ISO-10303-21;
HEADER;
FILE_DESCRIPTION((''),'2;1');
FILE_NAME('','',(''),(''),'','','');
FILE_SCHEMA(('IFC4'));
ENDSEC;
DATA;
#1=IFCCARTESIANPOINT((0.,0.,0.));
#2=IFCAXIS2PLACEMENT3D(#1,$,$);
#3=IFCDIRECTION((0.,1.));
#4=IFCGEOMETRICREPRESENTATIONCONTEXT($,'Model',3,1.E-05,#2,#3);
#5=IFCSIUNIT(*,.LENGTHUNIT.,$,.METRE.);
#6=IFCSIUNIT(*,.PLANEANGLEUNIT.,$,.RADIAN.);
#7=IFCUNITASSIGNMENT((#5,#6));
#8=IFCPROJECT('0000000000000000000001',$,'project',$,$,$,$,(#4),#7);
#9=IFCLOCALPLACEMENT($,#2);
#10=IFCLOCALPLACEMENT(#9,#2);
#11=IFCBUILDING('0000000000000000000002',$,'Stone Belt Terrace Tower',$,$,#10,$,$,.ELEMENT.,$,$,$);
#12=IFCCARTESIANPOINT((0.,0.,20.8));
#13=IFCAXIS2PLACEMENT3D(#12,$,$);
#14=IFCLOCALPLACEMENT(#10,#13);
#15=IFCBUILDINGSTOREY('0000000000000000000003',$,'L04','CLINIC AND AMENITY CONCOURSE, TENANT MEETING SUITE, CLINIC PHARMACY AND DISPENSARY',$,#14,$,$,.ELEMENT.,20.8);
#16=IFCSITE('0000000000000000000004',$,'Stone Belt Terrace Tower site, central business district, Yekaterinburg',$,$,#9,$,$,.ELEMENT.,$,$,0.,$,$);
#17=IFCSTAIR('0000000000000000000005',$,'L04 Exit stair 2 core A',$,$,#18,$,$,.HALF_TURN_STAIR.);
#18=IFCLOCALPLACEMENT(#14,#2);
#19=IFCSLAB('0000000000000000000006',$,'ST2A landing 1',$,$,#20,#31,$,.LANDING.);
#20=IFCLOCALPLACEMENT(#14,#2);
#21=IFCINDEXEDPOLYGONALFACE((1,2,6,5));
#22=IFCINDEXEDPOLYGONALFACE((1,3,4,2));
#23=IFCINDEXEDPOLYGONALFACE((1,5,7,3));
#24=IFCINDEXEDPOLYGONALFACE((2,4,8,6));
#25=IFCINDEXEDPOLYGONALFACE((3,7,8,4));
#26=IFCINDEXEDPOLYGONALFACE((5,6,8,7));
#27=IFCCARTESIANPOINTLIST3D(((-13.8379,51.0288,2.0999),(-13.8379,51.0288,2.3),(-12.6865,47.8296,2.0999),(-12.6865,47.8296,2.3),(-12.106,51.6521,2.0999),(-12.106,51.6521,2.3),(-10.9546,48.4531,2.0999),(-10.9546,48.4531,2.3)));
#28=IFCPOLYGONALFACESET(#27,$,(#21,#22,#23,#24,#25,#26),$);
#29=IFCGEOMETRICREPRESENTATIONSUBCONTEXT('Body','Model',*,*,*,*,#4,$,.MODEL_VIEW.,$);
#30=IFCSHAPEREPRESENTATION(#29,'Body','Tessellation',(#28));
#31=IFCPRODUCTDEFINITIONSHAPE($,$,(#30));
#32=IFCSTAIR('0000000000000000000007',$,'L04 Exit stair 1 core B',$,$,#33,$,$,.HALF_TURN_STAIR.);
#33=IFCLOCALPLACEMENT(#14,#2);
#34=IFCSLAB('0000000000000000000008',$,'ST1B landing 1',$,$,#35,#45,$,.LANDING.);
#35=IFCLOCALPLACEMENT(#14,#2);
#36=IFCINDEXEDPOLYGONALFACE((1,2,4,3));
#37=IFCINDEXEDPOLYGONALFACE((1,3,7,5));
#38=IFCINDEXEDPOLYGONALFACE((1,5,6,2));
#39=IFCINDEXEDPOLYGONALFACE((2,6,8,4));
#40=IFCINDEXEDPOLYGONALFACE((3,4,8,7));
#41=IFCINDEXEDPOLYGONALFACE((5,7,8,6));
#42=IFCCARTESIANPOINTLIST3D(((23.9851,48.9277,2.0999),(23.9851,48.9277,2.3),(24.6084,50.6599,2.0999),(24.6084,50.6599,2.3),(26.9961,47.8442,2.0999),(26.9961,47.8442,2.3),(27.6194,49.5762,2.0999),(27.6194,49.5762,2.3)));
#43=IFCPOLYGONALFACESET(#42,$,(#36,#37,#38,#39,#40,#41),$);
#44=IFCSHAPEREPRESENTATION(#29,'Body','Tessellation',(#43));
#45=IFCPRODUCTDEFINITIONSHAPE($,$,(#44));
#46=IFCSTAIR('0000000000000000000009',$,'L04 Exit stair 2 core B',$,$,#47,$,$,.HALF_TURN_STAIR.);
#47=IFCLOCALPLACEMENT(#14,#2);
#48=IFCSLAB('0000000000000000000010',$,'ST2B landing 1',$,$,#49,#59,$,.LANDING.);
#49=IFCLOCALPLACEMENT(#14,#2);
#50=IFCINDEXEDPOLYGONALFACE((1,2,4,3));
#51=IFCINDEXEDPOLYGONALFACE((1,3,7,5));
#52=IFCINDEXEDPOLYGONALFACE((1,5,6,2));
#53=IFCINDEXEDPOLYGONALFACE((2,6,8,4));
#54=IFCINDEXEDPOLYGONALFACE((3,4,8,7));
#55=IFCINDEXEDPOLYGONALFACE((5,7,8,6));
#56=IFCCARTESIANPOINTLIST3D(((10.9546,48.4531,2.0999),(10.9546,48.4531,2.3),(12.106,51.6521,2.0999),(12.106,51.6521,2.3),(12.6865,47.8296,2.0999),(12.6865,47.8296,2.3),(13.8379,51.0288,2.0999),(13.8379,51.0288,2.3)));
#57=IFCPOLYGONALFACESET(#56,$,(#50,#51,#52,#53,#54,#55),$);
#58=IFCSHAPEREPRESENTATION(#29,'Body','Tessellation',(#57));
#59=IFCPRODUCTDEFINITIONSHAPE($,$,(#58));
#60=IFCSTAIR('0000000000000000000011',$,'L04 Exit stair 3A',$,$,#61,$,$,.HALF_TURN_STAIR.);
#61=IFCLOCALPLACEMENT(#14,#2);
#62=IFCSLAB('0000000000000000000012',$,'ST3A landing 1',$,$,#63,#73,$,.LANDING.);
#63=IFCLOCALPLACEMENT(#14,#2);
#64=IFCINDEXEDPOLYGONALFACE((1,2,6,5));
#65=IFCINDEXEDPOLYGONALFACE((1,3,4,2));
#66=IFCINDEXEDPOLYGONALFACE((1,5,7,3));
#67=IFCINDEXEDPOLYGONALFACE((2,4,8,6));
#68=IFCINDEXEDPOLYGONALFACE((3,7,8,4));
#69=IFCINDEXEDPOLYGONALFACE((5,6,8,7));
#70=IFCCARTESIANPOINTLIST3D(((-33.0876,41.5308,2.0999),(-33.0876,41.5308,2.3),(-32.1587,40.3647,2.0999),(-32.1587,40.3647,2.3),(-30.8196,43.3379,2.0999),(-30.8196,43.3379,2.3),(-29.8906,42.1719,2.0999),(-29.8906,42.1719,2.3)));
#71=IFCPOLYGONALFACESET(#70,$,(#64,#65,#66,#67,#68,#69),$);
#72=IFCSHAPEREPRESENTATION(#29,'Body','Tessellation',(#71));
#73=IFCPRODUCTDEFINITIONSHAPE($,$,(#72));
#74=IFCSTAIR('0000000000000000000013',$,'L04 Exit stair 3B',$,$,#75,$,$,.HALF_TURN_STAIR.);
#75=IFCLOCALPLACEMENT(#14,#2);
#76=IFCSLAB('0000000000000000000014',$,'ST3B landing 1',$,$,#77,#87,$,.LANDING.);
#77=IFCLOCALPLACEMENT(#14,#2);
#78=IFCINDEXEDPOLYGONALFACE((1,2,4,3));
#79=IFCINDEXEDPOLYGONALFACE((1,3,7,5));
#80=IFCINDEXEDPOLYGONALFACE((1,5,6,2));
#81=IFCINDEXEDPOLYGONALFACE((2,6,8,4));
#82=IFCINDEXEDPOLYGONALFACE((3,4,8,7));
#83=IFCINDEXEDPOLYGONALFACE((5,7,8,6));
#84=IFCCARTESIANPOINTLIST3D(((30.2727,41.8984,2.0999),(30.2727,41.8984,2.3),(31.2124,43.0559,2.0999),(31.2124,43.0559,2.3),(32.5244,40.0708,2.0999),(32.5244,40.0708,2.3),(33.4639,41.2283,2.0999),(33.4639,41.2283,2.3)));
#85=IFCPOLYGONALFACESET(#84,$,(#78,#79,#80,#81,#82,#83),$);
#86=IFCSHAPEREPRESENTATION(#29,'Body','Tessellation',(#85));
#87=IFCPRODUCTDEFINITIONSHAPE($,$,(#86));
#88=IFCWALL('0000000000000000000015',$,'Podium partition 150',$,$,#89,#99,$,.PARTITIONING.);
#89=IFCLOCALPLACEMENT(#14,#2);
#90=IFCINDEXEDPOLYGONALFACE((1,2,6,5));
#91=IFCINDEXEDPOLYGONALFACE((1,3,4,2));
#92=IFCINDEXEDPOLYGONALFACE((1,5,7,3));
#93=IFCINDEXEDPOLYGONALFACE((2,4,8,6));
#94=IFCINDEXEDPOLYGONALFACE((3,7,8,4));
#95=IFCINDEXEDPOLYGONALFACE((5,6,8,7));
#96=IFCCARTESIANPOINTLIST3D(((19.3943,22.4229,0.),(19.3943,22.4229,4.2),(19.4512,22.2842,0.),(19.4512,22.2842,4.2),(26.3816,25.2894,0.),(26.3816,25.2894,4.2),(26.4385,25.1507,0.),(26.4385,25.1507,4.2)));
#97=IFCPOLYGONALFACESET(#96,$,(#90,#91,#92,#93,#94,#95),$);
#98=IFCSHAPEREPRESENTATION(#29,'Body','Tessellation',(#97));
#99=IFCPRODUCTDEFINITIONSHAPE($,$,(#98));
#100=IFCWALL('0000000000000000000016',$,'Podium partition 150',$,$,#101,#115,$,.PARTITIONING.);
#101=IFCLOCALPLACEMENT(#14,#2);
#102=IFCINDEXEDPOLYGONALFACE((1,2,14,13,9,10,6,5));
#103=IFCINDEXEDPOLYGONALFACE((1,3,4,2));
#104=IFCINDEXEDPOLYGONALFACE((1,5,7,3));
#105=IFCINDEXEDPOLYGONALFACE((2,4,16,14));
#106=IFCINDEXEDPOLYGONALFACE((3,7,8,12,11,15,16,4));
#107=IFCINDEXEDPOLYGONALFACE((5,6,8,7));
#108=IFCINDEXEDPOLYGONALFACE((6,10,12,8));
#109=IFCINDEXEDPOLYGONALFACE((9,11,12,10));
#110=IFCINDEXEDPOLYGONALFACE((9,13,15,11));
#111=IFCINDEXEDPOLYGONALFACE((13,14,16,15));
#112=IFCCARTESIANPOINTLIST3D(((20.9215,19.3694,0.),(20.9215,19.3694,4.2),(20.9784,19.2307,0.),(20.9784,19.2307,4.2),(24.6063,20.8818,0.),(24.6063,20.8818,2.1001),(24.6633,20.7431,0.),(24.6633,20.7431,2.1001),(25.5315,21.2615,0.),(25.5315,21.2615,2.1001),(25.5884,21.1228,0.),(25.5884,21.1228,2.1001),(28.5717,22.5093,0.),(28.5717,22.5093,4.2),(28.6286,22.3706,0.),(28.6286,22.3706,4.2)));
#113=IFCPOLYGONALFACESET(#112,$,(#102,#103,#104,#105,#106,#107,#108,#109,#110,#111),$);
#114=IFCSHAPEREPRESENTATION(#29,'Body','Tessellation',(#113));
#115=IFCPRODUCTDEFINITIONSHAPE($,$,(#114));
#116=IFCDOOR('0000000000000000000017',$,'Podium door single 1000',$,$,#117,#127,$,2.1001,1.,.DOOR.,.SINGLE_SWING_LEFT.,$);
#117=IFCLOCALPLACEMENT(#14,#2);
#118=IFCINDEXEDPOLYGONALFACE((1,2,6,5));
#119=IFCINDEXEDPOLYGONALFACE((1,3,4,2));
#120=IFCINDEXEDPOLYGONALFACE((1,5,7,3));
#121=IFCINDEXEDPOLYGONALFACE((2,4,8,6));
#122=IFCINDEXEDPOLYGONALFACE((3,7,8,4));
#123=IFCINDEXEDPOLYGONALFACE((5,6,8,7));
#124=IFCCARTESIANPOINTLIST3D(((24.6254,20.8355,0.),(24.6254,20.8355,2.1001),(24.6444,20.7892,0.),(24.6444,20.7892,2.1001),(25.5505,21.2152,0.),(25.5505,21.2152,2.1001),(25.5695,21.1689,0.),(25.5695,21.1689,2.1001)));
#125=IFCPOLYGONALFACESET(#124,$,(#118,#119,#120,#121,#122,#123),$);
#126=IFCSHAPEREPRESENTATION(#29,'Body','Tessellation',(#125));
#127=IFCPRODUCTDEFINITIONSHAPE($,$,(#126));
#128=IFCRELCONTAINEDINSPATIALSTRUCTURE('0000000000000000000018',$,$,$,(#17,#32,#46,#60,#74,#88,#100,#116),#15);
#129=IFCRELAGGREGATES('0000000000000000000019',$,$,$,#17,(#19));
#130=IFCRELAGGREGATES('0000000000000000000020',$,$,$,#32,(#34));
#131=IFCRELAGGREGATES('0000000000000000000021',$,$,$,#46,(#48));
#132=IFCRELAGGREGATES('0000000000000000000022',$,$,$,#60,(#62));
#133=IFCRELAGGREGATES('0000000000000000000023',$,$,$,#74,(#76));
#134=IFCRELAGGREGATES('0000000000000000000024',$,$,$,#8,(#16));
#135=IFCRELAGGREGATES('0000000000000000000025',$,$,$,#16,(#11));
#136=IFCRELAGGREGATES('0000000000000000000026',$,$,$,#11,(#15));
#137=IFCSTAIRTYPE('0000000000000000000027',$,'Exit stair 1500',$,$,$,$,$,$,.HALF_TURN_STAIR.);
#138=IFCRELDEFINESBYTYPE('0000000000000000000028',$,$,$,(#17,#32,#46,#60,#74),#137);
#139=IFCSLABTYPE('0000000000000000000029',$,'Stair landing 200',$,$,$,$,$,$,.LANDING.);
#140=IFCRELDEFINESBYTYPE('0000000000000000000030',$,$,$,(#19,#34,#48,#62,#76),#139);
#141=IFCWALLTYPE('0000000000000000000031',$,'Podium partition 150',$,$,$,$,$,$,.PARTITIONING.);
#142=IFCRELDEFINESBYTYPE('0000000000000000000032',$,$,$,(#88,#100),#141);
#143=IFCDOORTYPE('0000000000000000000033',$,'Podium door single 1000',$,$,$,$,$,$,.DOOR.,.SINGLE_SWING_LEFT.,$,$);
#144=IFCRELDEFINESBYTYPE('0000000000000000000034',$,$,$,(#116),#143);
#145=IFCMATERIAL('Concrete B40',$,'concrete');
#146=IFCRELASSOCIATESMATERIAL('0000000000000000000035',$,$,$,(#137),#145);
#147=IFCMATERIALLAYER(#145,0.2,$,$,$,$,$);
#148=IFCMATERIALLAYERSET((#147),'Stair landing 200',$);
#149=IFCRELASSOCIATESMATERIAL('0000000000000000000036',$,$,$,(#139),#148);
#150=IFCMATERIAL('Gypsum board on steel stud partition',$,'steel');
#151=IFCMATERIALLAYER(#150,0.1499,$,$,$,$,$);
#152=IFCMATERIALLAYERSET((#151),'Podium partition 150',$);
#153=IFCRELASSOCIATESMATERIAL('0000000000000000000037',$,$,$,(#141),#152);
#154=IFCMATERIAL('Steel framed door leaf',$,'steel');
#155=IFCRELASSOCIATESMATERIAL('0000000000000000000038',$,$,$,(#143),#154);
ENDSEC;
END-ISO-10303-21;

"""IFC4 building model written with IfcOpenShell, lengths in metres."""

from ifc_helpers import new_model, si_unit, direction, frame, frame_2d, origin, place, context, subcontext, project, spatial, polyline, rectangle, outline, extrude, material, layer, layer_set, type_object, element, fill, aggregate, save


model = new_model("IFC4")

# Units and contexts
model_context = context("Model", 3, precision=1e-05, world=origin(), true_north=direction((0.0, 1.0)))
body_context = subcontext(model_context, "Body", "Model", "MODEL_VIEW")
ifc_project = project(units=[si_unit("LENGTHUNIT", "METRE"), si_unit("PLANEANGLEUNIT", "RADIAN")], contexts=[model_context])

# Site, building, storey
site_placement = place(None, origin())
site = spatial("IfcSite", under=ifc_project, at=site_placement, Name="Stone Belt Terrace Tower site, central business district, Yekaterinburg", CompositionType="ELEMENT", RefElevation=0.0)
building_placement = place(site_placement, origin())
building = spatial("IfcBuilding", under=site, at=building_placement, Name="Stone Belt Terrace Tower", CompositionType="ELEMENT")
storey_placement = place(building_placement, frame((0.0, 0.0, 20.8)))
storey = spatial("IfcBuildingStorey", under=building, at=storey_placement, Name="L04", Description="CLINIC AND AMENITY CONCOURSE, TENANT MEETING SUITE, CLINIC PHARMACY AND DISPENSARY", CompositionType="ELEMENT", Elevation=20.8)

# Shared definitions
ifc_material_1 = material(Name="Concrete B40", Category="concrete")

# Stairs, slabs
stair_type_1 = type_object("IfcStairType", Name="Exit stair 1500", PredefinedType="HALF_TURN_STAIR", material=ifc_material_1)
ifc_layer_1 = layer(ifc_material_1, 0.2)
ifc_layer_set_1 = layer_set([ifc_layer_1], Name="Stair landing 200")
slab_type_1 = type_object("IfcSlabType", Name="Stair landing 200", PredefinedType="LANDING", material=ifc_layer_set_1)
stair_1_placement = place(storey_placement, origin())
stair_1 = element("IfcStair", 1, at=stair_1_placement, inside=storey, type_object=stair_type_1, Name="L04 Exit stair 2 core A", PredefinedType="HALF_TURN_STAIR")
slab_1_placement = place(storey_placement, frame((0.0, 0.0, 2.0999)))
slab_1 = element("IfcSlab", 2, at=slab_1_placement, type_object=slab_type_1, Name="ST2A landing 1", PredefinedType="LANDING", context=body_context, shape_type="SweptSolid", body=[
    extrude(outline(polyline([(-12.6865, 47.8296), (-10.9546, 48.4531), (-12.106, 51.6521), (-13.8379, 51.0288), (-12.6865, 47.8296)])), origin(), (0.0, 0.0, 1.0), 0.2002),
])
aggregate(stair_1, [slab_1])
stair_2_placement = place(storey_placement, origin())
stair_2 = element("IfcStair", 3, at=stair_2_placement, inside=storey, type_object=stair_type_1, Name="L04 Exit stair 1 core B", PredefinedType="HALF_TURN_STAIR")
slab_2_placement = place(storey_placement, frame((0.0, 0.0, 2.0999)))
slab_2 = element("IfcSlab", 4, at=slab_2_placement, type_object=slab_type_1, Name="ST1B landing 1", PredefinedType="LANDING", context=body_context, shape_type="SweptSolid", body=[
    extrude(outline(polyline([(26.9961, 47.8442), (27.6194, 49.5762), (24.6084, 50.6599), (23.9851, 48.9277), (26.9961, 47.8442)])), origin(), (0.0, 0.0, 1.0), 0.2002),
])
aggregate(stair_2, [slab_2])
stair_3_placement = place(storey_placement, origin())
stair_3 = element("IfcStair", 5, at=stair_3_placement, inside=storey, type_object=stair_type_1, Name="L04 Exit stair 2 core B", PredefinedType="HALF_TURN_STAIR")
slab_3_placement = place(storey_placement, frame((0.0, 0.0, 2.0999)))
slab_3 = element("IfcSlab", 6, at=slab_3_placement, type_object=slab_type_1, Name="ST2B landing 1", PredefinedType="LANDING", context=body_context, shape_type="SweptSolid", body=[
    extrude(outline(polyline([(13.8379, 51.0288), (12.106, 51.6521), (10.9546, 48.4531), (12.6865, 47.8296), (13.8379, 51.0288)])), origin(), (0.0, 0.0, 1.0), 0.2002),
])
aggregate(stair_3, [slab_3])
stair_4_placement = place(storey_placement, origin())
stair_4 = element("IfcStair", 7, at=stair_4_placement, inside=storey, type_object=stair_type_1, Name="L04 Exit stair 3A", PredefinedType="HALF_TURN_STAIR")
slab_4_placement = place(storey_placement, frame((0.0, 0.0, 2.0999)))
slab_4 = element("IfcSlab", 8, at=slab_4_placement, type_object=slab_type_1, Name="ST3A landing 1", PredefinedType="LANDING", context=body_context, shape_type="SweptSolid", body=[
    extrude(outline(polyline([(-29.8906, 42.1719), (-30.8196, 43.3379), (-33.0876, 41.5308), (-32.1587, 40.3647), (-29.8906, 42.1719)])), origin(), (0.0, 0.0, 1.0), 0.2002),
])
aggregate(stair_4, [slab_4])
stair_5_placement = place(storey_placement, origin())
stair_5 = element("IfcStair", 9, at=stair_5_placement, inside=storey, type_object=stair_type_1, Name="L04 Exit stair 3B", PredefinedType="HALF_TURN_STAIR")
slab_5_placement = place(storey_placement, frame((0.0, 0.0, 2.0999)))
slab_5 = element("IfcSlab", 10, at=slab_5_placement, type_object=slab_type_1, Name="ST3B landing 1", PredefinedType="LANDING", context=body_context, shape_type="SweptSolid", body=[
    extrude(outline(polyline([(32.5244, 40.0708), (33.4639, 41.2283), (31.2124, 43.0559), (30.2727, 41.8984), (32.5244, 40.0708)])), origin(), (0.0, 0.0, 1.0), 0.2002),
])
aggregate(stair_5, [slab_5])

# Wall
ifc_material_2 = material(Name="Gypsum board on steel stud partition", Category="steel")
ifc_layer_2 = layer(ifc_material_2, 0.1499)
ifc_layer_set_2 = layer_set([ifc_layer_2], Name="Podium partition 150")
wall_type = type_object("IfcWallType", Name="Podium partition 150", PredefinedType="PARTITIONING", material=ifc_layer_set_2)
wall_1_placement = place(storey_placement, frame((19.4226, 22.3535, 0.0), z_axis=(0.0, 0.0, 1.0), x_axis=(0.925175, 0.379541, 0.0)))
element("IfcWall", 11, at=wall_1_placement, inside=storey, type_object=wall_type, Name="Podium partition 150", PredefinedType="PARTITIONING", context=body_context, shape_type="SweptSolid", body=[
    extrude(rectangle(XDim=7.5525, YDim=0.1499, at=frame_2d((3.7764, 0.0))), origin(), (0.0, 0.0, 1.0), 4.2),
])

# Wall, opening, door
wall_2_placement = place(storey_placement, frame((20.95, 19.3, 0.0), z_axis=(0.0, 0.0, 1.0), x_axis=(0.92511, 0.379698, 0.0)))
wall_2 = element("IfcWall", 12, at=wall_2_placement, inside=storey, type_object=wall_type, Name="Podium partition 150", PredefinedType="PARTITIONING", context=body_context, shape_type="SweptSolid", body=[
    extrude(rectangle(XDim=8.2695, YDim=0.1499, at=frame_2d((4.1348, 0.0))), origin(), (0.0, 0.0, 1.0), 4.2),
])
opening_placement = place(wall_2_placement, frame((3.9832, 0.0, 0.0)))
opening = element("IfcOpeningElement", 13, at=opening_placement, cuts=wall_2, PredefinedType="OPENING", context=body_context, shape_type="SweptSolid", body=[
    extrude(rectangle(XDim=1.0, YDim=2.1001, at=frame_2d((0.5, 1.05))), frame((0.0, 0.085, 0.0), z_axis=(0.0, -1.0, 0.0), x_axis=(1.0, 0.0, 0.0)), (0.0, 0.0, 1.0), 0.1699),
])
ifc_material_3 = material(Name="Steel framed door leaf", Category="steel")
door_type = type_object("IfcDoorType", Name="Podium door single 1000", OperationType="SINGLE_SWING_LEFT", PredefinedType="DOOR", material=ifc_material_3)
door_placement = place(opening_placement, origin())
door = element("IfcDoor", 14, at=door_placement, inside=storey, type_object=door_type, Name="Podium door single 1000", OperationType="SINGLE_SWING_LEFT", OverallHeight=2.1001, OverallWidth=1.0, PredefinedType="DOOR", context=body_context, shape_type="SweptSolid", body=[
    extrude(rectangle(XDim=1.0, YDim=2.1001, at=frame_2d((0.5, 1.05))), frame((0.0, 0.0249, 0.0), z_axis=(0.0, -1.0, 0.0), x_axis=(1.0, 0.0, 0.0)), (0.0, 0.0, 1.0), 0.05),
])
fill(opening, door)

save(model, "model.ifc")
